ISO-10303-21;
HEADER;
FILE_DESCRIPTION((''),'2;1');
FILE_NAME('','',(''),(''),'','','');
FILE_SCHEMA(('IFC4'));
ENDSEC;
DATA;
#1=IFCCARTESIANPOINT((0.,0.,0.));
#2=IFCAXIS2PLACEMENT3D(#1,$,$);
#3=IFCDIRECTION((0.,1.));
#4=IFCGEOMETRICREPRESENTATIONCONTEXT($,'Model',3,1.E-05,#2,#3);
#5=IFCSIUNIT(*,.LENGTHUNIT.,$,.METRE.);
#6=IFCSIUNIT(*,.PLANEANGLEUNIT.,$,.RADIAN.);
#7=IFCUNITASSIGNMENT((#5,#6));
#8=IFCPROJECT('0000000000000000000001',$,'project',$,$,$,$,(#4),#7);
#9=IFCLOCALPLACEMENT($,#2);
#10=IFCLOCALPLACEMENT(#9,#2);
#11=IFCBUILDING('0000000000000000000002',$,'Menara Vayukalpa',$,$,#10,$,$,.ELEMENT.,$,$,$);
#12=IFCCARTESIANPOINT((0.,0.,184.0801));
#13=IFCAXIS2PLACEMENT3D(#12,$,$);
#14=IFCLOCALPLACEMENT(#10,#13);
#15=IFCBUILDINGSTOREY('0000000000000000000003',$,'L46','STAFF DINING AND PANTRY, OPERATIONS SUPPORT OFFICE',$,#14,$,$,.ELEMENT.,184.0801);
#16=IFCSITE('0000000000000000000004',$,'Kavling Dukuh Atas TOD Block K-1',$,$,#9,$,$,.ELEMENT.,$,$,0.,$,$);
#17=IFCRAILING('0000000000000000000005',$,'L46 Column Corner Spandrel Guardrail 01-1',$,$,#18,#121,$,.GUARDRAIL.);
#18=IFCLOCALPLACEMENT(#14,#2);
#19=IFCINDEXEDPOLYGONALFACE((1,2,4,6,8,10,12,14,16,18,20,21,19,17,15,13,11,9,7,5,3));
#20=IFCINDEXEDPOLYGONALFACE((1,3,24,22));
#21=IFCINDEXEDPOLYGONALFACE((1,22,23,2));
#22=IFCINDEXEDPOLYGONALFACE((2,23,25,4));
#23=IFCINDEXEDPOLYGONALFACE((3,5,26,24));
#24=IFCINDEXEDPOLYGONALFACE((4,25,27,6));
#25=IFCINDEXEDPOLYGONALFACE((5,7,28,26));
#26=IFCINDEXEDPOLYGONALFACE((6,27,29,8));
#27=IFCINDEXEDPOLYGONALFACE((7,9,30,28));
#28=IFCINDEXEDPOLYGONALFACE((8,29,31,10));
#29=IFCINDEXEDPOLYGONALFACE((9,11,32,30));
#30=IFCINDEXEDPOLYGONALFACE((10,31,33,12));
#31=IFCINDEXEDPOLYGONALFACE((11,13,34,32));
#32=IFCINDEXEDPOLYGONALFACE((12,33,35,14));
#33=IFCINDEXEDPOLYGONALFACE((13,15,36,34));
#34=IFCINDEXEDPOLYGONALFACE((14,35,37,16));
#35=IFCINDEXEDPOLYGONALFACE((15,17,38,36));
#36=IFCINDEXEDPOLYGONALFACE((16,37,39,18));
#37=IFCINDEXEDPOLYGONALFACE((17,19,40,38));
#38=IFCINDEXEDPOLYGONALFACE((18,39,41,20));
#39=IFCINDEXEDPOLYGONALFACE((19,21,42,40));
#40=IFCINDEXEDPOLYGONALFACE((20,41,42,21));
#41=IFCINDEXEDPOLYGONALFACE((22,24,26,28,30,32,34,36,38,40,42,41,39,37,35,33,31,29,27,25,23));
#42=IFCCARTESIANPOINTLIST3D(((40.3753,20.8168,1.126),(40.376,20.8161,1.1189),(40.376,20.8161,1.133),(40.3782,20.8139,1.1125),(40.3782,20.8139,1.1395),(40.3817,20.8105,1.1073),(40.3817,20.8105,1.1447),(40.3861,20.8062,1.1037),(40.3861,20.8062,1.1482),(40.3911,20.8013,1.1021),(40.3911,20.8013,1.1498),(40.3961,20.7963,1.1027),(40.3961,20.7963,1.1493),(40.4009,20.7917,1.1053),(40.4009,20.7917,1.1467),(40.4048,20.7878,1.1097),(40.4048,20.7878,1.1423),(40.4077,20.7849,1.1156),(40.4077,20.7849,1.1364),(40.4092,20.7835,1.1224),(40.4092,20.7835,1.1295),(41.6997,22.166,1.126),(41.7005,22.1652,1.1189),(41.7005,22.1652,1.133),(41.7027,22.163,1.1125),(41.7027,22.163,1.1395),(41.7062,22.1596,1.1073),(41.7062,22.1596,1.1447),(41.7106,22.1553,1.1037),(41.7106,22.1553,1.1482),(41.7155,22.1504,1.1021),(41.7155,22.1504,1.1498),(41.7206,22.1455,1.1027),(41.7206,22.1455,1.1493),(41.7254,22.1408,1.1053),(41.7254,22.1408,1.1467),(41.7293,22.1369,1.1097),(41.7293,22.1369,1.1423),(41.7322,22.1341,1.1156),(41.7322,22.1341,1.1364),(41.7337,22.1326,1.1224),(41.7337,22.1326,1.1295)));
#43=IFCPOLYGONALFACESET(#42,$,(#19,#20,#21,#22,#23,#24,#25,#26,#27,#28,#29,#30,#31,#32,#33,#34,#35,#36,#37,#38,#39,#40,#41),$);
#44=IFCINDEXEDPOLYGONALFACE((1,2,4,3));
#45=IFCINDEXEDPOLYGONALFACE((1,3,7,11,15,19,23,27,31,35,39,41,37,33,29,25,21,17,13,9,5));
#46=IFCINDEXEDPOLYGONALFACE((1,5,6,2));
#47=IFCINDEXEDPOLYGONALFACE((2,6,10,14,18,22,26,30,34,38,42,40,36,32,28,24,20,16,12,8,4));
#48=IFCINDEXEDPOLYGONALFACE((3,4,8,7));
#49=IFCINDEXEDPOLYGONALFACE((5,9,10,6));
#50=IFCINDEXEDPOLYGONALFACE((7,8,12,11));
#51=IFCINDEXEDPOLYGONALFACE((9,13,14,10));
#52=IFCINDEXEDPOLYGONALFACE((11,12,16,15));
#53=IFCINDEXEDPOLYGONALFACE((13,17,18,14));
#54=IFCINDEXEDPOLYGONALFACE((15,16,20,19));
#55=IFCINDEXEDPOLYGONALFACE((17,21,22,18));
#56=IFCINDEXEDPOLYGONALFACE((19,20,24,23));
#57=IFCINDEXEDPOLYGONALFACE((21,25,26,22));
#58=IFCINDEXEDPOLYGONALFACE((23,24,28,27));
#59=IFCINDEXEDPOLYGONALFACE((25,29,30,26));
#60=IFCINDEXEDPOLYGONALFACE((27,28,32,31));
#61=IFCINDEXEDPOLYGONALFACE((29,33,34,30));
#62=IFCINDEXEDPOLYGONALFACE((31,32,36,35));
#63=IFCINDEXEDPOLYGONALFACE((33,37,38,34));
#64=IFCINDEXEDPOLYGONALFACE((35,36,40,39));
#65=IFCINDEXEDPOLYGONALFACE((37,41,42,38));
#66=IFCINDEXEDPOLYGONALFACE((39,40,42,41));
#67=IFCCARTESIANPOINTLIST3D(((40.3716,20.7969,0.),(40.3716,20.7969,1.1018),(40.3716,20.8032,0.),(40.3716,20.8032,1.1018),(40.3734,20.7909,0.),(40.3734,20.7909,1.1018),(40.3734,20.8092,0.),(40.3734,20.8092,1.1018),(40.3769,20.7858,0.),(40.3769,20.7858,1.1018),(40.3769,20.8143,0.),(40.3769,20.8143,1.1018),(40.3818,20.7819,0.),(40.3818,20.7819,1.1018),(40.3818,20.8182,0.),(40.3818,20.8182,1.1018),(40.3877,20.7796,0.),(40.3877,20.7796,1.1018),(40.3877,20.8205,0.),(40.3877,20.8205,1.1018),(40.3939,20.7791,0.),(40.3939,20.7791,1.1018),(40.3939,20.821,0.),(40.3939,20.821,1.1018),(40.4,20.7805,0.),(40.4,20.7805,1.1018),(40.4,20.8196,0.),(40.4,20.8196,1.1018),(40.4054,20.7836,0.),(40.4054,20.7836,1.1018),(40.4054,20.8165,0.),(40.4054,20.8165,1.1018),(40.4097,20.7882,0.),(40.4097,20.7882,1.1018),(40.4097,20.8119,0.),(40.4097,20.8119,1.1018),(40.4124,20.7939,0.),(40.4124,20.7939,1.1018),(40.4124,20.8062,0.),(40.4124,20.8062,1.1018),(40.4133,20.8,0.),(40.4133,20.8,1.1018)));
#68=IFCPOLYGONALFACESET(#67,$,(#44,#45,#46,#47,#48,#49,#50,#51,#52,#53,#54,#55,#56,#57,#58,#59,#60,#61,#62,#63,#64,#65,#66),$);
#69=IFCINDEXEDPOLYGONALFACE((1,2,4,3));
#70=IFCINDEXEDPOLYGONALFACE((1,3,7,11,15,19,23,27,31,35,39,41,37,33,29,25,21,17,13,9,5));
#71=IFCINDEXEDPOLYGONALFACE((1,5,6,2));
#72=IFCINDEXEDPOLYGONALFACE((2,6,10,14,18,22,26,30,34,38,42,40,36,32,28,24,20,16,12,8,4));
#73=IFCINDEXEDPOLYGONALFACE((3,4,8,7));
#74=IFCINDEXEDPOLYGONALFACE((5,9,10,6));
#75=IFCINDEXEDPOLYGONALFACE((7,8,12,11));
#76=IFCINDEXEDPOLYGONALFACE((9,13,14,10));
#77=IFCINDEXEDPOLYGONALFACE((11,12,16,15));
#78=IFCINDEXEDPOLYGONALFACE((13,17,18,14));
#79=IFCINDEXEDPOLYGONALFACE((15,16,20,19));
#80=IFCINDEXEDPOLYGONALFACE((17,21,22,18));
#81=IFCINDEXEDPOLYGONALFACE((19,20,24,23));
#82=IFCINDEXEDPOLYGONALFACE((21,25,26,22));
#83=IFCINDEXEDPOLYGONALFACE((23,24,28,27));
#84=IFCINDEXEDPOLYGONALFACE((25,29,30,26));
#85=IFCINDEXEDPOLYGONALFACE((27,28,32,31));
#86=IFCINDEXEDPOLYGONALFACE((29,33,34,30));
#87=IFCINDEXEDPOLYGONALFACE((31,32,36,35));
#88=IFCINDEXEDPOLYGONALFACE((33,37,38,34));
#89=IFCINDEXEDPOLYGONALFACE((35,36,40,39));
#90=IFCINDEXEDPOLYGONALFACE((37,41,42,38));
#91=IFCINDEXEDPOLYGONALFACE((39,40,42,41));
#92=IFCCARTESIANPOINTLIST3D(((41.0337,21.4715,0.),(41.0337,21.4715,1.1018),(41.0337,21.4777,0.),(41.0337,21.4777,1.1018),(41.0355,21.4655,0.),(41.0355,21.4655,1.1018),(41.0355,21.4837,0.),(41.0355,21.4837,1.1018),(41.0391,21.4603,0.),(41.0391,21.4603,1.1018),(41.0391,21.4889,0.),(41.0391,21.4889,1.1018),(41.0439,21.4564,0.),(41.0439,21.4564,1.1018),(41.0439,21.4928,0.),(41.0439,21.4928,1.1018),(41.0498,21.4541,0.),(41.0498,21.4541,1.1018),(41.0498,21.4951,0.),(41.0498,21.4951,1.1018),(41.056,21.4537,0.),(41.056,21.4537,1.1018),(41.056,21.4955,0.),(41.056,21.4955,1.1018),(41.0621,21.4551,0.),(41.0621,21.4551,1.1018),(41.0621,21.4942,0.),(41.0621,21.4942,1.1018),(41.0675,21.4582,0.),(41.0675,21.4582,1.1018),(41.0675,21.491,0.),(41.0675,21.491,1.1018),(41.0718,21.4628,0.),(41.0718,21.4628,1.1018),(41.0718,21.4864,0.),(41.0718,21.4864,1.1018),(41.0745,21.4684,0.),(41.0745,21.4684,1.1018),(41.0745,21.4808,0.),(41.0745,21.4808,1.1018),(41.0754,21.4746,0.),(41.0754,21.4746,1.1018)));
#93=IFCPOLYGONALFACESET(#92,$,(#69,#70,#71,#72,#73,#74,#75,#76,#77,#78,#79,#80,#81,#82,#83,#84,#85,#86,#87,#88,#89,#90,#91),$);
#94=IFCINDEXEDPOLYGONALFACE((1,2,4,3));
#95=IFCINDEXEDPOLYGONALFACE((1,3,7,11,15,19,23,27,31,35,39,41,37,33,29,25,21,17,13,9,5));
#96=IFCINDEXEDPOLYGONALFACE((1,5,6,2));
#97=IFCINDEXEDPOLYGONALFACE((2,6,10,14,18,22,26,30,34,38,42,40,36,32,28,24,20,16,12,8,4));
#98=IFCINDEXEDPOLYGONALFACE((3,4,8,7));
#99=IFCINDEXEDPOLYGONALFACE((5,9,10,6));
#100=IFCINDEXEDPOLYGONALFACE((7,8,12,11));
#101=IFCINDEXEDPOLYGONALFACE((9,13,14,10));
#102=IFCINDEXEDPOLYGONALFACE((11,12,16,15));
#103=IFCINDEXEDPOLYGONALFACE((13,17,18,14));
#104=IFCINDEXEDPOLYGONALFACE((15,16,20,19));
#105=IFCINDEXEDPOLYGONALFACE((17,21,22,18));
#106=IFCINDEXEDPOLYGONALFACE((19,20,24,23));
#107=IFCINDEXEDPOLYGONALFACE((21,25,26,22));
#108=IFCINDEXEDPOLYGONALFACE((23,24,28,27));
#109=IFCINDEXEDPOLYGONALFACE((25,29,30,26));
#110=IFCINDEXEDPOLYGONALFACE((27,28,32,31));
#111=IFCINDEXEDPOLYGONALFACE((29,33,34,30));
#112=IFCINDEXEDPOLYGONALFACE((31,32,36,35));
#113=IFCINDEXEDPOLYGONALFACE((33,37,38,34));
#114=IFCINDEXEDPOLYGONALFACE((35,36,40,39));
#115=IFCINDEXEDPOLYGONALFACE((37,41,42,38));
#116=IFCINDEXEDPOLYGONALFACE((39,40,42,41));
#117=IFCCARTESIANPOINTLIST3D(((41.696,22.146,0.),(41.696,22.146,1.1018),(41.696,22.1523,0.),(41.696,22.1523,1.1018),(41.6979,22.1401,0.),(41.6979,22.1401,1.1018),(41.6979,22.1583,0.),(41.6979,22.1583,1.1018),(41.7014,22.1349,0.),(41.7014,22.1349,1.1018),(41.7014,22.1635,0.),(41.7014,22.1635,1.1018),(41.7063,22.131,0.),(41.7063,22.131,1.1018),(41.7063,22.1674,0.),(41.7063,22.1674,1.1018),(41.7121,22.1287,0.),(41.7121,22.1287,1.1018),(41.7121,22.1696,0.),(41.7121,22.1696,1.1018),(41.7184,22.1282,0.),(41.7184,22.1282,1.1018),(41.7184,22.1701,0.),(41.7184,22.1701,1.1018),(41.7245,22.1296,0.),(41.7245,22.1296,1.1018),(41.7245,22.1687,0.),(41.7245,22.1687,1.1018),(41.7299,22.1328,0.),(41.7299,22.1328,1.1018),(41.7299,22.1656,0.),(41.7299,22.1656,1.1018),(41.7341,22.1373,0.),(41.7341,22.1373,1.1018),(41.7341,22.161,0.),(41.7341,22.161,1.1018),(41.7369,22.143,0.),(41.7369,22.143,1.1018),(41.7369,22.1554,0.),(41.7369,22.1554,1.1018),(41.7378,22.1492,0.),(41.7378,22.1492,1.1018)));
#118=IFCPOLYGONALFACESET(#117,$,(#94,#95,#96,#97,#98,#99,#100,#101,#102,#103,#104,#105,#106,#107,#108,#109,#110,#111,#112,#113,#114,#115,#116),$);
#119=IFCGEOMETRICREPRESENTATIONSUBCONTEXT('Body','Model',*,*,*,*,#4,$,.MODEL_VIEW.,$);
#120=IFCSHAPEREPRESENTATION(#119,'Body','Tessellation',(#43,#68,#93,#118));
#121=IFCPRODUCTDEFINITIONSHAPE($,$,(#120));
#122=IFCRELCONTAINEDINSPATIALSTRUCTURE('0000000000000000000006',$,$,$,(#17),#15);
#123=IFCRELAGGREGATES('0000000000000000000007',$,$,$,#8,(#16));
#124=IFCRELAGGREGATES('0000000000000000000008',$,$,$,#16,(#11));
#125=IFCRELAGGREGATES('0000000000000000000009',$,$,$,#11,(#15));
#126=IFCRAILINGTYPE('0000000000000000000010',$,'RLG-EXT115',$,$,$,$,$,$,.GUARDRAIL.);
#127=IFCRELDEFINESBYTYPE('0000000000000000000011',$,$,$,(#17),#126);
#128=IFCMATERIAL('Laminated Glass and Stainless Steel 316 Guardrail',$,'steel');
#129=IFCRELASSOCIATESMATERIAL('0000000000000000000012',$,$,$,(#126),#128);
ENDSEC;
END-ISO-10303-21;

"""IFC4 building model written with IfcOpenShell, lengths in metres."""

from ifc_helpers import new_model, si_unit, direction, frame, origin, origin_2d, place, context, subcontext, project, spatial, circle, extrude, material, type_object, element, save


model = new_model("IFC4")

# Units and contexts
model_context = context("Model", 3, precision=1e-05, world=origin(), true_north=direction((0.0, 1.0)))
body_context = subcontext(model_context, "Body", "Model", "MODEL_VIEW")
ifc_project = project(units=[si_unit("LENGTHUNIT", "METRE"), si_unit("PLANEANGLEUNIT", "RADIAN")], contexts=[model_context])

# Site, building, storey
site_placement = place(None, origin())
site = spatial("IfcSite", under=ifc_project, at=site_placement, Name="Kavling Dukuh Atas TOD Block K-1", CompositionType="ELEMENT", RefElevation=0.0)
building_placement = place(site_placement, origin())
building = spatial("IfcBuilding", under=site, at=building_placement, Name="Menara Vayukalpa", CompositionType="ELEMENT")
storey_placement = place(building_placement, frame((0.0, 0.0, 184.0801)))
storey = spatial("IfcBuildingStorey", under=building, at=storey_placement, Name="L46", Description="STAFF DINING AND PANTRY, OPERATIONS SUPPORT OFFICE", CompositionType="ELEMENT", Elevation=184.0801)

# Railing
ifc_material_1 = material(Name="Laminated Glass and Stainless Steel 316 Guardrail", Category="steel")
railing_type_1 = type_object("IfcRailingType", Name="RLG-EXT115", PredefinedType="GUARDRAIL", material=ifc_material_1)
railing_1_placement = place(storey_placement, frame((40.3923, 20.8, 0.0)))
element("IfcRailing", 1, at=railing_1_placement, inside=storey, type_object=railing_type_1, Name="L46 Column Corner Spandrel Guardrail 01-1", PredefinedType="GUARDRAIL", context=body_context, shape_type="SweptSolid", body=[
    extrude(circle(Radius=0.0239, at=origin_2d()), frame((0.0, 0.0, 1.126), z_axis=(0.700555, 0.713598, 0.0), x_axis=(-0.713598, 0.700555, 0.0)), (0.0, 0.0, 1.0), 1.8906),
    extrude(circle(Radius=0.021, at=origin_2d()), origin(), (0.0, 0.0, 1.0), 1.1018),
    extrude(circle(Radius=0.021, at=origin_2d()), frame((0.6621, 0.6746, 0.0)), (0.0, 0.0, 1.0), 1.1018),
    extrude(circle(Radius=0.021, at=origin_2d()), frame((1.3245, 1.3491, 0.0)), (0.0, 0.0, 1.0), 1.1018),
])

save(model, "model.ifc")
